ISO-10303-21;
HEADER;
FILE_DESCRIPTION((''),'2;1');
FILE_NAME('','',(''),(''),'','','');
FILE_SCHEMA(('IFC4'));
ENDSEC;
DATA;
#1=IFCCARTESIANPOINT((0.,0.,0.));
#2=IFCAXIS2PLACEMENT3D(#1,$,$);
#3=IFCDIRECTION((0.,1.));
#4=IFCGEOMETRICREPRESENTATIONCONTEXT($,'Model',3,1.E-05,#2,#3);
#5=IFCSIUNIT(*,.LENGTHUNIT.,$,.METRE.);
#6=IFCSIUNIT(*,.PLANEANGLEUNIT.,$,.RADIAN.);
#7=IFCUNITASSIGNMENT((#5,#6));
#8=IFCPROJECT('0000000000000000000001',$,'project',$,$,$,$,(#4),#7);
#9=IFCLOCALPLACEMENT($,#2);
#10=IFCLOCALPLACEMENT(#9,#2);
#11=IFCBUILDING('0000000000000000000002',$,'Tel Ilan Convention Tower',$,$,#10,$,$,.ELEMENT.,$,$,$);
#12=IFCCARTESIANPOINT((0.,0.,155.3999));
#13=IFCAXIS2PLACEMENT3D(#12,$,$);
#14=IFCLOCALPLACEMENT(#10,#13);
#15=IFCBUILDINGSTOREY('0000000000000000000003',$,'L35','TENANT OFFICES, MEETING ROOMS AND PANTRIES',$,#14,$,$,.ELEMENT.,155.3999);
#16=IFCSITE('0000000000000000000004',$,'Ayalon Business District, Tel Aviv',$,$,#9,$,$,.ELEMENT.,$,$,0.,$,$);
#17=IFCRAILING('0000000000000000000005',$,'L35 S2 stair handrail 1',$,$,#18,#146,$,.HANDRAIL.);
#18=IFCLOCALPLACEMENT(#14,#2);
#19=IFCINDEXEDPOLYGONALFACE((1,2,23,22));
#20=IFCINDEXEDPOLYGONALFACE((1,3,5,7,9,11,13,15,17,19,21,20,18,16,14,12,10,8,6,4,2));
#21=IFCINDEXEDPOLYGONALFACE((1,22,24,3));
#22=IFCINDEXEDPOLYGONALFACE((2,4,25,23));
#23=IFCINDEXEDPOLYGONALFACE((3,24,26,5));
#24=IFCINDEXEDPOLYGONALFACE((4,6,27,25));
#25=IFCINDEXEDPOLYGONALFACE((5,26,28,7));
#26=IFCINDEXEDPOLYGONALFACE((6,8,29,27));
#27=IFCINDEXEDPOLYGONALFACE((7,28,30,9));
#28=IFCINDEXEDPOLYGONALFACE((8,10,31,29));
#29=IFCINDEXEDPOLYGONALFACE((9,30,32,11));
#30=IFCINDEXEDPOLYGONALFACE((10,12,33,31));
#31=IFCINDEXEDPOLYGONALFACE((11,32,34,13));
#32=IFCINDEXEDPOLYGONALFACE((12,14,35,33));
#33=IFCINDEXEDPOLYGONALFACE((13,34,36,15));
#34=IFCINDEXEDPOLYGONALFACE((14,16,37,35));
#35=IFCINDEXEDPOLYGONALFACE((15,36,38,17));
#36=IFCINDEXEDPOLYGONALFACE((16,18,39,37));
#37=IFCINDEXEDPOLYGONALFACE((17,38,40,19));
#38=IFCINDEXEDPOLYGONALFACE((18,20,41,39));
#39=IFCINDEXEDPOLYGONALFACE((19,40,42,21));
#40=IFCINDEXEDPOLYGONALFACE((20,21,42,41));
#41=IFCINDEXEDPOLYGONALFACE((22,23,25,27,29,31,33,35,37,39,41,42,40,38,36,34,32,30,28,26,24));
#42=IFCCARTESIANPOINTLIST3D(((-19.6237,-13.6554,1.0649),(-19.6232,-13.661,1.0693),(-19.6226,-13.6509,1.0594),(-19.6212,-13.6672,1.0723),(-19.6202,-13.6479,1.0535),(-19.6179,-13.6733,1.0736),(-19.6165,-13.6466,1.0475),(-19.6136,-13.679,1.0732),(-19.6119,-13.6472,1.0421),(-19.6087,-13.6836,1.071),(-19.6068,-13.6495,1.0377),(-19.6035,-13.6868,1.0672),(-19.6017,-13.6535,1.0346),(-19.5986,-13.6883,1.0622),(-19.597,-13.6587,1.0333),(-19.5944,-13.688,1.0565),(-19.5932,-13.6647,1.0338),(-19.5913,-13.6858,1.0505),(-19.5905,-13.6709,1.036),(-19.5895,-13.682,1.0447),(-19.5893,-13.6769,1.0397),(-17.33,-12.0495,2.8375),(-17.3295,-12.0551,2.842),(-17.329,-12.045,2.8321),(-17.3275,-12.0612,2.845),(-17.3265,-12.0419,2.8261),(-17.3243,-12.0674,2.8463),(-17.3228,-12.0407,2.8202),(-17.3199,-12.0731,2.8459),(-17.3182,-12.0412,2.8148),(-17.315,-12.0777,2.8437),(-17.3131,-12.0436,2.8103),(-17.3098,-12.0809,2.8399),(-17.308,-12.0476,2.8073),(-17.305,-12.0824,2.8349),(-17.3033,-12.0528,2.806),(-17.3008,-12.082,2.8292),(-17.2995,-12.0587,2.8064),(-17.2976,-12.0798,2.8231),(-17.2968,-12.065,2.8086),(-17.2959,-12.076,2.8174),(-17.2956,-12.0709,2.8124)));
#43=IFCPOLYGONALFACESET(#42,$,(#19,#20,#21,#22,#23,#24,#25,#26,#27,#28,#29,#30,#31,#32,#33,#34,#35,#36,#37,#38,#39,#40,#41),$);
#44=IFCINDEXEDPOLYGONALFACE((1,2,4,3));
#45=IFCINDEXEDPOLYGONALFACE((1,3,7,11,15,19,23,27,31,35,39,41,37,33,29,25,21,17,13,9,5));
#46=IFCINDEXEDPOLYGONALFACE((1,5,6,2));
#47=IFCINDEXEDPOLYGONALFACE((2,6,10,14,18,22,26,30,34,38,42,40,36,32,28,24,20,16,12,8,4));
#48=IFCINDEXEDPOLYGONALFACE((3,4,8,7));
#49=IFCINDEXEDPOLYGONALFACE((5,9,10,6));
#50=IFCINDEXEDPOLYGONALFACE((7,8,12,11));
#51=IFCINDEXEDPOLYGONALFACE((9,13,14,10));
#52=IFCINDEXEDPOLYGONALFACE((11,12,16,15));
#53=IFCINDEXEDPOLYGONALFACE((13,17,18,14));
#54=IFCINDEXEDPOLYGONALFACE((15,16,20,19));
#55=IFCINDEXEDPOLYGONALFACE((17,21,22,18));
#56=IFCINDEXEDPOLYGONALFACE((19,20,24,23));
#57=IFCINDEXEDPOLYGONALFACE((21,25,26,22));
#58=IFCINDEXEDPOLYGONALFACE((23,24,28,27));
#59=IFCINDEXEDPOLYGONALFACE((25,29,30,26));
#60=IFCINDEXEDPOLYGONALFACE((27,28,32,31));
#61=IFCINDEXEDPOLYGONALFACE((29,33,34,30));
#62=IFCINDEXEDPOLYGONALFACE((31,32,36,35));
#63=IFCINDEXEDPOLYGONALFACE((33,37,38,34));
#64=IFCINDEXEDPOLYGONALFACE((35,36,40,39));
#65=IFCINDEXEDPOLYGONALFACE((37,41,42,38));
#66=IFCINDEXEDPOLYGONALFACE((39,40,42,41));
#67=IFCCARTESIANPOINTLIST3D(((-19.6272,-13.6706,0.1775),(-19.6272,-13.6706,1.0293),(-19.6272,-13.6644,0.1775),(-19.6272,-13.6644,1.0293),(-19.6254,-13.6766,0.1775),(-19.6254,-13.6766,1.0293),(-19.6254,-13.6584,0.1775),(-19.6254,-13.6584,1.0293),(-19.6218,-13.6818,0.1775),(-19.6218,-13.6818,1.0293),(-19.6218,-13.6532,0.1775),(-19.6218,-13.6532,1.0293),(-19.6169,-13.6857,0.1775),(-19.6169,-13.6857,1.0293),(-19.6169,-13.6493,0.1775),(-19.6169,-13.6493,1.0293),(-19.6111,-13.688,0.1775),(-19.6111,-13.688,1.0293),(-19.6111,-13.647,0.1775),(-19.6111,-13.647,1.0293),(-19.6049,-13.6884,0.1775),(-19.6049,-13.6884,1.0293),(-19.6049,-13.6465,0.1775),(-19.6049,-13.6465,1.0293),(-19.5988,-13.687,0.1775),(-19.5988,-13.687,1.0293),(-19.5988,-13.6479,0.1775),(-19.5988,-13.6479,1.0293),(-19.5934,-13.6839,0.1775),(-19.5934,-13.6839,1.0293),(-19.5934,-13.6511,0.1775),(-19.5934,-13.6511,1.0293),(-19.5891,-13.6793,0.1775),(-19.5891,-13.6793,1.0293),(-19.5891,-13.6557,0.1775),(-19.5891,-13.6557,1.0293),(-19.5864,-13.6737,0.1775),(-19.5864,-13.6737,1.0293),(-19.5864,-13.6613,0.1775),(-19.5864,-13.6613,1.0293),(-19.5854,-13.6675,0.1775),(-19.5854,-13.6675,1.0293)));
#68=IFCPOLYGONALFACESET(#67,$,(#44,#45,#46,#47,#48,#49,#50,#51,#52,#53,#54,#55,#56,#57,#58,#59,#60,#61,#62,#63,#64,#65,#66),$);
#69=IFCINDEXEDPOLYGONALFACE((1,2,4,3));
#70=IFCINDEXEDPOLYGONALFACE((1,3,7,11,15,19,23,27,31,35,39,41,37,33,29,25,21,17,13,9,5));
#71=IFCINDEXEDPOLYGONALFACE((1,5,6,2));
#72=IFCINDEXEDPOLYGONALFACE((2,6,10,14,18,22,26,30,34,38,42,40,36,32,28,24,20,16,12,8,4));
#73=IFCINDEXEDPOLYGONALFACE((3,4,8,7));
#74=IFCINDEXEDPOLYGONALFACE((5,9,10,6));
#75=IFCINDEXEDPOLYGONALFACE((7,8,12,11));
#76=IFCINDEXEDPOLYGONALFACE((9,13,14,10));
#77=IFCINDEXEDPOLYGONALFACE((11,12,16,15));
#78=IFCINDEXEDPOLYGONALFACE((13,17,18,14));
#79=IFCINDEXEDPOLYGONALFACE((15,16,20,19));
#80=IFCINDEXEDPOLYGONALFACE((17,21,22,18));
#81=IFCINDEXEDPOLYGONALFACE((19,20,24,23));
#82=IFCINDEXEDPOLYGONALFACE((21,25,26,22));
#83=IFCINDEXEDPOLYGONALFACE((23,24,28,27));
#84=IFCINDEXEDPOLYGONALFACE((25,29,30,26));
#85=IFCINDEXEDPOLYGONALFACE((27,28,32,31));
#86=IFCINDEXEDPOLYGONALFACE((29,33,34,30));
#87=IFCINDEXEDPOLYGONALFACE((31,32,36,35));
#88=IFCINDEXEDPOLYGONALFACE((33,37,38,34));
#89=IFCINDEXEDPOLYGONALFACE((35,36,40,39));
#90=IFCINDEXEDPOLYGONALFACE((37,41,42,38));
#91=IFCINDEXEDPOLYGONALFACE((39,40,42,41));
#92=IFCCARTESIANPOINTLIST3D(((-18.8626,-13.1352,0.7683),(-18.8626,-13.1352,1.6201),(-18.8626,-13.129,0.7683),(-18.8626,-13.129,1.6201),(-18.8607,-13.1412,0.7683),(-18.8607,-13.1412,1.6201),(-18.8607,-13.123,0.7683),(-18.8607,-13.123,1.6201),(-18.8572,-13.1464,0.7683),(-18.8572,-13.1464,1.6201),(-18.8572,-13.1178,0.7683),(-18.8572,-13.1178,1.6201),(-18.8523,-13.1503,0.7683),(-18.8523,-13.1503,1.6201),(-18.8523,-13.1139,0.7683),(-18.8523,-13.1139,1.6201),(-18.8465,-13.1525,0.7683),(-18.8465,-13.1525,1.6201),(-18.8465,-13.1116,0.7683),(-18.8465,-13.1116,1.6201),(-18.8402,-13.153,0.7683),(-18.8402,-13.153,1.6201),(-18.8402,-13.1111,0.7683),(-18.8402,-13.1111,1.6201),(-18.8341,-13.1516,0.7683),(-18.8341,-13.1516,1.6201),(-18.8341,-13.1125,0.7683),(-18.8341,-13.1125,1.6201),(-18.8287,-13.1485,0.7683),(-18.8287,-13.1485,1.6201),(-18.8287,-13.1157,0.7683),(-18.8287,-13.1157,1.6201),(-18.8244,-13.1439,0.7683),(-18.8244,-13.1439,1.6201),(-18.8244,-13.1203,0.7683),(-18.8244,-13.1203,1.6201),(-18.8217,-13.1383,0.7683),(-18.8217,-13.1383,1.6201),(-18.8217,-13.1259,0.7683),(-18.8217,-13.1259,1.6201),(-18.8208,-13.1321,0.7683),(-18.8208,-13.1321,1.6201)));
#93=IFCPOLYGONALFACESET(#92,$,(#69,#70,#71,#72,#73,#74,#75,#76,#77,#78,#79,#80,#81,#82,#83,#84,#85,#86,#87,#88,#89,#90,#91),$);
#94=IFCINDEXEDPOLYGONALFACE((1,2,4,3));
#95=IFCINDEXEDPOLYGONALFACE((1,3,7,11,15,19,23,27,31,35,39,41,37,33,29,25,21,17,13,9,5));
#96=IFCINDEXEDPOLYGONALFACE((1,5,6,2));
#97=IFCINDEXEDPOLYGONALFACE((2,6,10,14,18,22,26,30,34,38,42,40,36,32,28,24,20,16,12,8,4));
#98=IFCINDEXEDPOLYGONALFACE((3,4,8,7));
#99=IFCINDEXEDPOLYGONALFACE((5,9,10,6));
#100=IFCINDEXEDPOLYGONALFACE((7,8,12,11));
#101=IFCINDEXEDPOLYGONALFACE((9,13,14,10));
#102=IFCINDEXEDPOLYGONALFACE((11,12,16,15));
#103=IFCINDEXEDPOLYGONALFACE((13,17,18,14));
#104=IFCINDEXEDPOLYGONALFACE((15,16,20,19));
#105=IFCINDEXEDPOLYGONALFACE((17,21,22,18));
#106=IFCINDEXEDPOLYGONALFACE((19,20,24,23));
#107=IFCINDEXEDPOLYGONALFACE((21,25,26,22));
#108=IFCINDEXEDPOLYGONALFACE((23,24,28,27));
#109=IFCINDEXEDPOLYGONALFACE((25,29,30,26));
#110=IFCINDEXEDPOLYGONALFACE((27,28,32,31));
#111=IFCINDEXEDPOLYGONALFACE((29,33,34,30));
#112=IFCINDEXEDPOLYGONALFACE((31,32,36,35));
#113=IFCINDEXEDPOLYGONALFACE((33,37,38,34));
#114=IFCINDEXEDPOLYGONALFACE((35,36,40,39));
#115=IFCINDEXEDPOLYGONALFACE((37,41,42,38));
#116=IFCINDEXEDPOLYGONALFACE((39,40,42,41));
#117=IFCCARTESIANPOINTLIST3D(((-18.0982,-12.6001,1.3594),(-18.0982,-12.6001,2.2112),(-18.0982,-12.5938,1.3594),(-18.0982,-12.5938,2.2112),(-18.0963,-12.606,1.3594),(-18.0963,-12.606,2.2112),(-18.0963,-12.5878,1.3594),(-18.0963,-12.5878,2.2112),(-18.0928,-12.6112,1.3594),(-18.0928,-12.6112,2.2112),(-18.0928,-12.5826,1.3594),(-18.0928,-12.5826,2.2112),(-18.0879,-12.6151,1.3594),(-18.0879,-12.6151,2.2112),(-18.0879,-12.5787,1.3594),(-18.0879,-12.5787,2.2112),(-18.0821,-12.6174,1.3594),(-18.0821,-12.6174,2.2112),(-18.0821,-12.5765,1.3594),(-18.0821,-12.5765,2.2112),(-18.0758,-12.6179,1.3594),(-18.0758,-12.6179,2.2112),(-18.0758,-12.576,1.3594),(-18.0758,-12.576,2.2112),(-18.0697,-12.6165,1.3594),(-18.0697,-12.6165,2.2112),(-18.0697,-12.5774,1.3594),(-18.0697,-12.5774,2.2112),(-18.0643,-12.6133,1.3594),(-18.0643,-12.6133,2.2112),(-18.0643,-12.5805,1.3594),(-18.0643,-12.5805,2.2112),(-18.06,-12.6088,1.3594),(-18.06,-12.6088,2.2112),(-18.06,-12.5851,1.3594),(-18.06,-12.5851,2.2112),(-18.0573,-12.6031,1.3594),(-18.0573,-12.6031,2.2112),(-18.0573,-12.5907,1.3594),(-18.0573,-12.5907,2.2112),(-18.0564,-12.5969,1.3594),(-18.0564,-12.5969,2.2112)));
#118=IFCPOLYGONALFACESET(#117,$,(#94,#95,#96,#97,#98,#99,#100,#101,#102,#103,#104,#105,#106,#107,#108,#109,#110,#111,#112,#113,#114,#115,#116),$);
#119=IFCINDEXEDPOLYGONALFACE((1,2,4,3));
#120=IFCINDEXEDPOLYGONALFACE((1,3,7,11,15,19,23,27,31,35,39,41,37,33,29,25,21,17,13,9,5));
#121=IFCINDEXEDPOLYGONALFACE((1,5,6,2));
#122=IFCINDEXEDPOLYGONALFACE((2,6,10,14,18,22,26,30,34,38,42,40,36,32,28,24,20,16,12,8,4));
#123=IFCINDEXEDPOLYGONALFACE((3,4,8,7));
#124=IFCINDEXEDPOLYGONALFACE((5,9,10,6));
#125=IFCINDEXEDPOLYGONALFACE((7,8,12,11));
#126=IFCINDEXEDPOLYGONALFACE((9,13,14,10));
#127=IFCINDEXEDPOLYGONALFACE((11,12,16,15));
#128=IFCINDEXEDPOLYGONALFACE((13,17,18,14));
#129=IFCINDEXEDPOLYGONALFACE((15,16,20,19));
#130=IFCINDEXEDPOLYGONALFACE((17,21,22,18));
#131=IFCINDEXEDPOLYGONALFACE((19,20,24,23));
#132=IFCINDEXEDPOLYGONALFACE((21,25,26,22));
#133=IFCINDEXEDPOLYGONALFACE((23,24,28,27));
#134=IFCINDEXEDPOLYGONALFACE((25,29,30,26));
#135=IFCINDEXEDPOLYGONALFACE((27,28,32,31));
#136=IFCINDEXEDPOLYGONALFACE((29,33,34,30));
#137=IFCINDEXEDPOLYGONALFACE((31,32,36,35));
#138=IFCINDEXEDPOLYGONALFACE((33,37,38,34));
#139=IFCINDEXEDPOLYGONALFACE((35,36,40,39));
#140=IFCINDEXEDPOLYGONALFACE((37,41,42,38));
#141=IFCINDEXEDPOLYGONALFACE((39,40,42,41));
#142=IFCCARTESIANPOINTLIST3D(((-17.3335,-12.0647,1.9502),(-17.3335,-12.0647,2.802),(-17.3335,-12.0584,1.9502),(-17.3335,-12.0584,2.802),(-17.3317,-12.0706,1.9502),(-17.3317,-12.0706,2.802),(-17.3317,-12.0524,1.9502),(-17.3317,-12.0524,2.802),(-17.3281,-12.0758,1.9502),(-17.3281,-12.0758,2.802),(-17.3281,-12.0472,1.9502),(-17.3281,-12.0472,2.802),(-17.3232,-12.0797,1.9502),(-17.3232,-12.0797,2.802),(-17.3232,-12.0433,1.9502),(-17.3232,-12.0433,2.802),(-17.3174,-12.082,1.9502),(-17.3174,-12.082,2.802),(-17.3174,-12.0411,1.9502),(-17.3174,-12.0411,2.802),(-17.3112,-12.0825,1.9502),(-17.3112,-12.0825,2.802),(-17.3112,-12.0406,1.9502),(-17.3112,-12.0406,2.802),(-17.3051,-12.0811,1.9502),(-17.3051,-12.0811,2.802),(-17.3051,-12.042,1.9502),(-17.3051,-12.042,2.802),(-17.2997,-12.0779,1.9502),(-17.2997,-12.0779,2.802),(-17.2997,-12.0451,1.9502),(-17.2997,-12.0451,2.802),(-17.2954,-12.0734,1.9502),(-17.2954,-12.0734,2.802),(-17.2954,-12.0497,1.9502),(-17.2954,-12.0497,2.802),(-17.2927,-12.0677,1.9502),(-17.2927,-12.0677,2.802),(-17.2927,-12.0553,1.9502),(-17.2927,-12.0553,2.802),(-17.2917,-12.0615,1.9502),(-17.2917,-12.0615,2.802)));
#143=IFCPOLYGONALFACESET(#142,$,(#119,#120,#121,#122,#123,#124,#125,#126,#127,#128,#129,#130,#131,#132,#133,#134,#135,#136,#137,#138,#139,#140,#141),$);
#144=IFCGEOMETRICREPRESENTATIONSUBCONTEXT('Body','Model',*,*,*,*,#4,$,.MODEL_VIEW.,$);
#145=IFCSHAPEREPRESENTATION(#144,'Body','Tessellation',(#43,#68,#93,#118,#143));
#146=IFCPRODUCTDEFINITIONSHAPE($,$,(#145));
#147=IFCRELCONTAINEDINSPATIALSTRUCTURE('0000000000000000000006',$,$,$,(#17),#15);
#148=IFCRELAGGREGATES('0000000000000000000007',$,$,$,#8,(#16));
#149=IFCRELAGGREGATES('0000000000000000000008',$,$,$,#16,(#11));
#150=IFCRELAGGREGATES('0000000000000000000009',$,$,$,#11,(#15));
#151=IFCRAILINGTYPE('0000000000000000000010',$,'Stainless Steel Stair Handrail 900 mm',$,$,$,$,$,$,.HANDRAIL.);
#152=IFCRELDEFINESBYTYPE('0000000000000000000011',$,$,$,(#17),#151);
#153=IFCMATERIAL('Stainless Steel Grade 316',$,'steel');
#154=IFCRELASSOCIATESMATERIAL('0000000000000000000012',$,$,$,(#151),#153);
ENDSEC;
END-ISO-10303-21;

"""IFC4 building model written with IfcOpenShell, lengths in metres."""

from ifc_helpers import new_model, si_unit, direction, frame, origin, origin_2d, place, context, subcontext, project, spatial, circle, extrude, material, type_object, element, save


model = new_model("IFC4")

# Units and contexts
model_context = context("Model", 3, precision=1e-05, world=origin(), true_north=direction((0.0, 1.0)))
body_context = subcontext(model_context, "Body", "Model", "MODEL_VIEW")
ifc_project = project(units=[si_unit("LENGTHUNIT", "METRE"), si_unit("PLANEANGLEUNIT", "RADIAN")], contexts=[model_context])

# Site, building, storey
site_placement = place(None, origin())
site = spatial("IfcSite", under=ifc_project, at=site_placement, Name="Ayalon Business District, Tel Aviv", CompositionType="ELEMENT", RefElevation=0.0)
building_placement = place(site_placement, origin())
building = spatial("IfcBuilding", under=site, at=building_placement, Name="Tel Ilan Convention Tower", CompositionType="ELEMENT")
storey_placement = place(building_placement, frame((0.0, 0.0, 155.3999)))
storey = spatial("IfcBuildingStorey", under=building, at=storey_placement, Name="L35", Description="TENANT OFFICES, MEETING ROOMS AND PANTRIES", CompositionType="ELEMENT", Elevation=155.3999)

# Railing
ifc_material_1 = material(Name="Stainless Steel Grade 316", Category="steel")
railing_type_1 = type_object("IfcRailingType", Name="Stainless Steel Stair Handrail 900 mm", PredefinedType="HANDRAIL", material=ifc_material_1)
railing_1_placement = place(storey_placement, frame((-19.6064, -13.6675, 0.1775)))
element("IfcRailing", 1, at=railing_1_placement, inside=storey, type_object=railing_type_1, Name="L35 S2 stair handrail 1", PredefinedType="HANDRAIL", context=body_context, shape_type="SweptSolid", body=[
    extrude(circle(Radius=0.0239, at=origin_2d()), frame((0.0, 0.0, 0.876), z_axis=(0.692123, 0.484597, 0.534913), x_axis=(-0.57355, 0.81917, 0.0)), (0.0, 0.0, 1.0), 3.314),
    extrude(circle(Radius=0.021, at=origin_2d()), origin(), (0.0, 0.0, 1.0), 0.8518),
    extrude(circle(Radius=0.021, at=origin_2d()), frame((0.7646, 0.5354, 0.5908)), (0.0, 0.0, 1.0), 0.8518),
    extrude(circle(Radius=0.021, at=origin_2d()), frame((1.5291, 1.0706, 1.1819)), (0.0, 0.0, 1.0), 0.8518),
    extrude(circle(Radius=0.021, at=origin_2d()), frame((2.2937, 1.606, 1.7727)), (0.0, 0.0, 1.0), 0.8518),
])

save(model, "model.ifc")
